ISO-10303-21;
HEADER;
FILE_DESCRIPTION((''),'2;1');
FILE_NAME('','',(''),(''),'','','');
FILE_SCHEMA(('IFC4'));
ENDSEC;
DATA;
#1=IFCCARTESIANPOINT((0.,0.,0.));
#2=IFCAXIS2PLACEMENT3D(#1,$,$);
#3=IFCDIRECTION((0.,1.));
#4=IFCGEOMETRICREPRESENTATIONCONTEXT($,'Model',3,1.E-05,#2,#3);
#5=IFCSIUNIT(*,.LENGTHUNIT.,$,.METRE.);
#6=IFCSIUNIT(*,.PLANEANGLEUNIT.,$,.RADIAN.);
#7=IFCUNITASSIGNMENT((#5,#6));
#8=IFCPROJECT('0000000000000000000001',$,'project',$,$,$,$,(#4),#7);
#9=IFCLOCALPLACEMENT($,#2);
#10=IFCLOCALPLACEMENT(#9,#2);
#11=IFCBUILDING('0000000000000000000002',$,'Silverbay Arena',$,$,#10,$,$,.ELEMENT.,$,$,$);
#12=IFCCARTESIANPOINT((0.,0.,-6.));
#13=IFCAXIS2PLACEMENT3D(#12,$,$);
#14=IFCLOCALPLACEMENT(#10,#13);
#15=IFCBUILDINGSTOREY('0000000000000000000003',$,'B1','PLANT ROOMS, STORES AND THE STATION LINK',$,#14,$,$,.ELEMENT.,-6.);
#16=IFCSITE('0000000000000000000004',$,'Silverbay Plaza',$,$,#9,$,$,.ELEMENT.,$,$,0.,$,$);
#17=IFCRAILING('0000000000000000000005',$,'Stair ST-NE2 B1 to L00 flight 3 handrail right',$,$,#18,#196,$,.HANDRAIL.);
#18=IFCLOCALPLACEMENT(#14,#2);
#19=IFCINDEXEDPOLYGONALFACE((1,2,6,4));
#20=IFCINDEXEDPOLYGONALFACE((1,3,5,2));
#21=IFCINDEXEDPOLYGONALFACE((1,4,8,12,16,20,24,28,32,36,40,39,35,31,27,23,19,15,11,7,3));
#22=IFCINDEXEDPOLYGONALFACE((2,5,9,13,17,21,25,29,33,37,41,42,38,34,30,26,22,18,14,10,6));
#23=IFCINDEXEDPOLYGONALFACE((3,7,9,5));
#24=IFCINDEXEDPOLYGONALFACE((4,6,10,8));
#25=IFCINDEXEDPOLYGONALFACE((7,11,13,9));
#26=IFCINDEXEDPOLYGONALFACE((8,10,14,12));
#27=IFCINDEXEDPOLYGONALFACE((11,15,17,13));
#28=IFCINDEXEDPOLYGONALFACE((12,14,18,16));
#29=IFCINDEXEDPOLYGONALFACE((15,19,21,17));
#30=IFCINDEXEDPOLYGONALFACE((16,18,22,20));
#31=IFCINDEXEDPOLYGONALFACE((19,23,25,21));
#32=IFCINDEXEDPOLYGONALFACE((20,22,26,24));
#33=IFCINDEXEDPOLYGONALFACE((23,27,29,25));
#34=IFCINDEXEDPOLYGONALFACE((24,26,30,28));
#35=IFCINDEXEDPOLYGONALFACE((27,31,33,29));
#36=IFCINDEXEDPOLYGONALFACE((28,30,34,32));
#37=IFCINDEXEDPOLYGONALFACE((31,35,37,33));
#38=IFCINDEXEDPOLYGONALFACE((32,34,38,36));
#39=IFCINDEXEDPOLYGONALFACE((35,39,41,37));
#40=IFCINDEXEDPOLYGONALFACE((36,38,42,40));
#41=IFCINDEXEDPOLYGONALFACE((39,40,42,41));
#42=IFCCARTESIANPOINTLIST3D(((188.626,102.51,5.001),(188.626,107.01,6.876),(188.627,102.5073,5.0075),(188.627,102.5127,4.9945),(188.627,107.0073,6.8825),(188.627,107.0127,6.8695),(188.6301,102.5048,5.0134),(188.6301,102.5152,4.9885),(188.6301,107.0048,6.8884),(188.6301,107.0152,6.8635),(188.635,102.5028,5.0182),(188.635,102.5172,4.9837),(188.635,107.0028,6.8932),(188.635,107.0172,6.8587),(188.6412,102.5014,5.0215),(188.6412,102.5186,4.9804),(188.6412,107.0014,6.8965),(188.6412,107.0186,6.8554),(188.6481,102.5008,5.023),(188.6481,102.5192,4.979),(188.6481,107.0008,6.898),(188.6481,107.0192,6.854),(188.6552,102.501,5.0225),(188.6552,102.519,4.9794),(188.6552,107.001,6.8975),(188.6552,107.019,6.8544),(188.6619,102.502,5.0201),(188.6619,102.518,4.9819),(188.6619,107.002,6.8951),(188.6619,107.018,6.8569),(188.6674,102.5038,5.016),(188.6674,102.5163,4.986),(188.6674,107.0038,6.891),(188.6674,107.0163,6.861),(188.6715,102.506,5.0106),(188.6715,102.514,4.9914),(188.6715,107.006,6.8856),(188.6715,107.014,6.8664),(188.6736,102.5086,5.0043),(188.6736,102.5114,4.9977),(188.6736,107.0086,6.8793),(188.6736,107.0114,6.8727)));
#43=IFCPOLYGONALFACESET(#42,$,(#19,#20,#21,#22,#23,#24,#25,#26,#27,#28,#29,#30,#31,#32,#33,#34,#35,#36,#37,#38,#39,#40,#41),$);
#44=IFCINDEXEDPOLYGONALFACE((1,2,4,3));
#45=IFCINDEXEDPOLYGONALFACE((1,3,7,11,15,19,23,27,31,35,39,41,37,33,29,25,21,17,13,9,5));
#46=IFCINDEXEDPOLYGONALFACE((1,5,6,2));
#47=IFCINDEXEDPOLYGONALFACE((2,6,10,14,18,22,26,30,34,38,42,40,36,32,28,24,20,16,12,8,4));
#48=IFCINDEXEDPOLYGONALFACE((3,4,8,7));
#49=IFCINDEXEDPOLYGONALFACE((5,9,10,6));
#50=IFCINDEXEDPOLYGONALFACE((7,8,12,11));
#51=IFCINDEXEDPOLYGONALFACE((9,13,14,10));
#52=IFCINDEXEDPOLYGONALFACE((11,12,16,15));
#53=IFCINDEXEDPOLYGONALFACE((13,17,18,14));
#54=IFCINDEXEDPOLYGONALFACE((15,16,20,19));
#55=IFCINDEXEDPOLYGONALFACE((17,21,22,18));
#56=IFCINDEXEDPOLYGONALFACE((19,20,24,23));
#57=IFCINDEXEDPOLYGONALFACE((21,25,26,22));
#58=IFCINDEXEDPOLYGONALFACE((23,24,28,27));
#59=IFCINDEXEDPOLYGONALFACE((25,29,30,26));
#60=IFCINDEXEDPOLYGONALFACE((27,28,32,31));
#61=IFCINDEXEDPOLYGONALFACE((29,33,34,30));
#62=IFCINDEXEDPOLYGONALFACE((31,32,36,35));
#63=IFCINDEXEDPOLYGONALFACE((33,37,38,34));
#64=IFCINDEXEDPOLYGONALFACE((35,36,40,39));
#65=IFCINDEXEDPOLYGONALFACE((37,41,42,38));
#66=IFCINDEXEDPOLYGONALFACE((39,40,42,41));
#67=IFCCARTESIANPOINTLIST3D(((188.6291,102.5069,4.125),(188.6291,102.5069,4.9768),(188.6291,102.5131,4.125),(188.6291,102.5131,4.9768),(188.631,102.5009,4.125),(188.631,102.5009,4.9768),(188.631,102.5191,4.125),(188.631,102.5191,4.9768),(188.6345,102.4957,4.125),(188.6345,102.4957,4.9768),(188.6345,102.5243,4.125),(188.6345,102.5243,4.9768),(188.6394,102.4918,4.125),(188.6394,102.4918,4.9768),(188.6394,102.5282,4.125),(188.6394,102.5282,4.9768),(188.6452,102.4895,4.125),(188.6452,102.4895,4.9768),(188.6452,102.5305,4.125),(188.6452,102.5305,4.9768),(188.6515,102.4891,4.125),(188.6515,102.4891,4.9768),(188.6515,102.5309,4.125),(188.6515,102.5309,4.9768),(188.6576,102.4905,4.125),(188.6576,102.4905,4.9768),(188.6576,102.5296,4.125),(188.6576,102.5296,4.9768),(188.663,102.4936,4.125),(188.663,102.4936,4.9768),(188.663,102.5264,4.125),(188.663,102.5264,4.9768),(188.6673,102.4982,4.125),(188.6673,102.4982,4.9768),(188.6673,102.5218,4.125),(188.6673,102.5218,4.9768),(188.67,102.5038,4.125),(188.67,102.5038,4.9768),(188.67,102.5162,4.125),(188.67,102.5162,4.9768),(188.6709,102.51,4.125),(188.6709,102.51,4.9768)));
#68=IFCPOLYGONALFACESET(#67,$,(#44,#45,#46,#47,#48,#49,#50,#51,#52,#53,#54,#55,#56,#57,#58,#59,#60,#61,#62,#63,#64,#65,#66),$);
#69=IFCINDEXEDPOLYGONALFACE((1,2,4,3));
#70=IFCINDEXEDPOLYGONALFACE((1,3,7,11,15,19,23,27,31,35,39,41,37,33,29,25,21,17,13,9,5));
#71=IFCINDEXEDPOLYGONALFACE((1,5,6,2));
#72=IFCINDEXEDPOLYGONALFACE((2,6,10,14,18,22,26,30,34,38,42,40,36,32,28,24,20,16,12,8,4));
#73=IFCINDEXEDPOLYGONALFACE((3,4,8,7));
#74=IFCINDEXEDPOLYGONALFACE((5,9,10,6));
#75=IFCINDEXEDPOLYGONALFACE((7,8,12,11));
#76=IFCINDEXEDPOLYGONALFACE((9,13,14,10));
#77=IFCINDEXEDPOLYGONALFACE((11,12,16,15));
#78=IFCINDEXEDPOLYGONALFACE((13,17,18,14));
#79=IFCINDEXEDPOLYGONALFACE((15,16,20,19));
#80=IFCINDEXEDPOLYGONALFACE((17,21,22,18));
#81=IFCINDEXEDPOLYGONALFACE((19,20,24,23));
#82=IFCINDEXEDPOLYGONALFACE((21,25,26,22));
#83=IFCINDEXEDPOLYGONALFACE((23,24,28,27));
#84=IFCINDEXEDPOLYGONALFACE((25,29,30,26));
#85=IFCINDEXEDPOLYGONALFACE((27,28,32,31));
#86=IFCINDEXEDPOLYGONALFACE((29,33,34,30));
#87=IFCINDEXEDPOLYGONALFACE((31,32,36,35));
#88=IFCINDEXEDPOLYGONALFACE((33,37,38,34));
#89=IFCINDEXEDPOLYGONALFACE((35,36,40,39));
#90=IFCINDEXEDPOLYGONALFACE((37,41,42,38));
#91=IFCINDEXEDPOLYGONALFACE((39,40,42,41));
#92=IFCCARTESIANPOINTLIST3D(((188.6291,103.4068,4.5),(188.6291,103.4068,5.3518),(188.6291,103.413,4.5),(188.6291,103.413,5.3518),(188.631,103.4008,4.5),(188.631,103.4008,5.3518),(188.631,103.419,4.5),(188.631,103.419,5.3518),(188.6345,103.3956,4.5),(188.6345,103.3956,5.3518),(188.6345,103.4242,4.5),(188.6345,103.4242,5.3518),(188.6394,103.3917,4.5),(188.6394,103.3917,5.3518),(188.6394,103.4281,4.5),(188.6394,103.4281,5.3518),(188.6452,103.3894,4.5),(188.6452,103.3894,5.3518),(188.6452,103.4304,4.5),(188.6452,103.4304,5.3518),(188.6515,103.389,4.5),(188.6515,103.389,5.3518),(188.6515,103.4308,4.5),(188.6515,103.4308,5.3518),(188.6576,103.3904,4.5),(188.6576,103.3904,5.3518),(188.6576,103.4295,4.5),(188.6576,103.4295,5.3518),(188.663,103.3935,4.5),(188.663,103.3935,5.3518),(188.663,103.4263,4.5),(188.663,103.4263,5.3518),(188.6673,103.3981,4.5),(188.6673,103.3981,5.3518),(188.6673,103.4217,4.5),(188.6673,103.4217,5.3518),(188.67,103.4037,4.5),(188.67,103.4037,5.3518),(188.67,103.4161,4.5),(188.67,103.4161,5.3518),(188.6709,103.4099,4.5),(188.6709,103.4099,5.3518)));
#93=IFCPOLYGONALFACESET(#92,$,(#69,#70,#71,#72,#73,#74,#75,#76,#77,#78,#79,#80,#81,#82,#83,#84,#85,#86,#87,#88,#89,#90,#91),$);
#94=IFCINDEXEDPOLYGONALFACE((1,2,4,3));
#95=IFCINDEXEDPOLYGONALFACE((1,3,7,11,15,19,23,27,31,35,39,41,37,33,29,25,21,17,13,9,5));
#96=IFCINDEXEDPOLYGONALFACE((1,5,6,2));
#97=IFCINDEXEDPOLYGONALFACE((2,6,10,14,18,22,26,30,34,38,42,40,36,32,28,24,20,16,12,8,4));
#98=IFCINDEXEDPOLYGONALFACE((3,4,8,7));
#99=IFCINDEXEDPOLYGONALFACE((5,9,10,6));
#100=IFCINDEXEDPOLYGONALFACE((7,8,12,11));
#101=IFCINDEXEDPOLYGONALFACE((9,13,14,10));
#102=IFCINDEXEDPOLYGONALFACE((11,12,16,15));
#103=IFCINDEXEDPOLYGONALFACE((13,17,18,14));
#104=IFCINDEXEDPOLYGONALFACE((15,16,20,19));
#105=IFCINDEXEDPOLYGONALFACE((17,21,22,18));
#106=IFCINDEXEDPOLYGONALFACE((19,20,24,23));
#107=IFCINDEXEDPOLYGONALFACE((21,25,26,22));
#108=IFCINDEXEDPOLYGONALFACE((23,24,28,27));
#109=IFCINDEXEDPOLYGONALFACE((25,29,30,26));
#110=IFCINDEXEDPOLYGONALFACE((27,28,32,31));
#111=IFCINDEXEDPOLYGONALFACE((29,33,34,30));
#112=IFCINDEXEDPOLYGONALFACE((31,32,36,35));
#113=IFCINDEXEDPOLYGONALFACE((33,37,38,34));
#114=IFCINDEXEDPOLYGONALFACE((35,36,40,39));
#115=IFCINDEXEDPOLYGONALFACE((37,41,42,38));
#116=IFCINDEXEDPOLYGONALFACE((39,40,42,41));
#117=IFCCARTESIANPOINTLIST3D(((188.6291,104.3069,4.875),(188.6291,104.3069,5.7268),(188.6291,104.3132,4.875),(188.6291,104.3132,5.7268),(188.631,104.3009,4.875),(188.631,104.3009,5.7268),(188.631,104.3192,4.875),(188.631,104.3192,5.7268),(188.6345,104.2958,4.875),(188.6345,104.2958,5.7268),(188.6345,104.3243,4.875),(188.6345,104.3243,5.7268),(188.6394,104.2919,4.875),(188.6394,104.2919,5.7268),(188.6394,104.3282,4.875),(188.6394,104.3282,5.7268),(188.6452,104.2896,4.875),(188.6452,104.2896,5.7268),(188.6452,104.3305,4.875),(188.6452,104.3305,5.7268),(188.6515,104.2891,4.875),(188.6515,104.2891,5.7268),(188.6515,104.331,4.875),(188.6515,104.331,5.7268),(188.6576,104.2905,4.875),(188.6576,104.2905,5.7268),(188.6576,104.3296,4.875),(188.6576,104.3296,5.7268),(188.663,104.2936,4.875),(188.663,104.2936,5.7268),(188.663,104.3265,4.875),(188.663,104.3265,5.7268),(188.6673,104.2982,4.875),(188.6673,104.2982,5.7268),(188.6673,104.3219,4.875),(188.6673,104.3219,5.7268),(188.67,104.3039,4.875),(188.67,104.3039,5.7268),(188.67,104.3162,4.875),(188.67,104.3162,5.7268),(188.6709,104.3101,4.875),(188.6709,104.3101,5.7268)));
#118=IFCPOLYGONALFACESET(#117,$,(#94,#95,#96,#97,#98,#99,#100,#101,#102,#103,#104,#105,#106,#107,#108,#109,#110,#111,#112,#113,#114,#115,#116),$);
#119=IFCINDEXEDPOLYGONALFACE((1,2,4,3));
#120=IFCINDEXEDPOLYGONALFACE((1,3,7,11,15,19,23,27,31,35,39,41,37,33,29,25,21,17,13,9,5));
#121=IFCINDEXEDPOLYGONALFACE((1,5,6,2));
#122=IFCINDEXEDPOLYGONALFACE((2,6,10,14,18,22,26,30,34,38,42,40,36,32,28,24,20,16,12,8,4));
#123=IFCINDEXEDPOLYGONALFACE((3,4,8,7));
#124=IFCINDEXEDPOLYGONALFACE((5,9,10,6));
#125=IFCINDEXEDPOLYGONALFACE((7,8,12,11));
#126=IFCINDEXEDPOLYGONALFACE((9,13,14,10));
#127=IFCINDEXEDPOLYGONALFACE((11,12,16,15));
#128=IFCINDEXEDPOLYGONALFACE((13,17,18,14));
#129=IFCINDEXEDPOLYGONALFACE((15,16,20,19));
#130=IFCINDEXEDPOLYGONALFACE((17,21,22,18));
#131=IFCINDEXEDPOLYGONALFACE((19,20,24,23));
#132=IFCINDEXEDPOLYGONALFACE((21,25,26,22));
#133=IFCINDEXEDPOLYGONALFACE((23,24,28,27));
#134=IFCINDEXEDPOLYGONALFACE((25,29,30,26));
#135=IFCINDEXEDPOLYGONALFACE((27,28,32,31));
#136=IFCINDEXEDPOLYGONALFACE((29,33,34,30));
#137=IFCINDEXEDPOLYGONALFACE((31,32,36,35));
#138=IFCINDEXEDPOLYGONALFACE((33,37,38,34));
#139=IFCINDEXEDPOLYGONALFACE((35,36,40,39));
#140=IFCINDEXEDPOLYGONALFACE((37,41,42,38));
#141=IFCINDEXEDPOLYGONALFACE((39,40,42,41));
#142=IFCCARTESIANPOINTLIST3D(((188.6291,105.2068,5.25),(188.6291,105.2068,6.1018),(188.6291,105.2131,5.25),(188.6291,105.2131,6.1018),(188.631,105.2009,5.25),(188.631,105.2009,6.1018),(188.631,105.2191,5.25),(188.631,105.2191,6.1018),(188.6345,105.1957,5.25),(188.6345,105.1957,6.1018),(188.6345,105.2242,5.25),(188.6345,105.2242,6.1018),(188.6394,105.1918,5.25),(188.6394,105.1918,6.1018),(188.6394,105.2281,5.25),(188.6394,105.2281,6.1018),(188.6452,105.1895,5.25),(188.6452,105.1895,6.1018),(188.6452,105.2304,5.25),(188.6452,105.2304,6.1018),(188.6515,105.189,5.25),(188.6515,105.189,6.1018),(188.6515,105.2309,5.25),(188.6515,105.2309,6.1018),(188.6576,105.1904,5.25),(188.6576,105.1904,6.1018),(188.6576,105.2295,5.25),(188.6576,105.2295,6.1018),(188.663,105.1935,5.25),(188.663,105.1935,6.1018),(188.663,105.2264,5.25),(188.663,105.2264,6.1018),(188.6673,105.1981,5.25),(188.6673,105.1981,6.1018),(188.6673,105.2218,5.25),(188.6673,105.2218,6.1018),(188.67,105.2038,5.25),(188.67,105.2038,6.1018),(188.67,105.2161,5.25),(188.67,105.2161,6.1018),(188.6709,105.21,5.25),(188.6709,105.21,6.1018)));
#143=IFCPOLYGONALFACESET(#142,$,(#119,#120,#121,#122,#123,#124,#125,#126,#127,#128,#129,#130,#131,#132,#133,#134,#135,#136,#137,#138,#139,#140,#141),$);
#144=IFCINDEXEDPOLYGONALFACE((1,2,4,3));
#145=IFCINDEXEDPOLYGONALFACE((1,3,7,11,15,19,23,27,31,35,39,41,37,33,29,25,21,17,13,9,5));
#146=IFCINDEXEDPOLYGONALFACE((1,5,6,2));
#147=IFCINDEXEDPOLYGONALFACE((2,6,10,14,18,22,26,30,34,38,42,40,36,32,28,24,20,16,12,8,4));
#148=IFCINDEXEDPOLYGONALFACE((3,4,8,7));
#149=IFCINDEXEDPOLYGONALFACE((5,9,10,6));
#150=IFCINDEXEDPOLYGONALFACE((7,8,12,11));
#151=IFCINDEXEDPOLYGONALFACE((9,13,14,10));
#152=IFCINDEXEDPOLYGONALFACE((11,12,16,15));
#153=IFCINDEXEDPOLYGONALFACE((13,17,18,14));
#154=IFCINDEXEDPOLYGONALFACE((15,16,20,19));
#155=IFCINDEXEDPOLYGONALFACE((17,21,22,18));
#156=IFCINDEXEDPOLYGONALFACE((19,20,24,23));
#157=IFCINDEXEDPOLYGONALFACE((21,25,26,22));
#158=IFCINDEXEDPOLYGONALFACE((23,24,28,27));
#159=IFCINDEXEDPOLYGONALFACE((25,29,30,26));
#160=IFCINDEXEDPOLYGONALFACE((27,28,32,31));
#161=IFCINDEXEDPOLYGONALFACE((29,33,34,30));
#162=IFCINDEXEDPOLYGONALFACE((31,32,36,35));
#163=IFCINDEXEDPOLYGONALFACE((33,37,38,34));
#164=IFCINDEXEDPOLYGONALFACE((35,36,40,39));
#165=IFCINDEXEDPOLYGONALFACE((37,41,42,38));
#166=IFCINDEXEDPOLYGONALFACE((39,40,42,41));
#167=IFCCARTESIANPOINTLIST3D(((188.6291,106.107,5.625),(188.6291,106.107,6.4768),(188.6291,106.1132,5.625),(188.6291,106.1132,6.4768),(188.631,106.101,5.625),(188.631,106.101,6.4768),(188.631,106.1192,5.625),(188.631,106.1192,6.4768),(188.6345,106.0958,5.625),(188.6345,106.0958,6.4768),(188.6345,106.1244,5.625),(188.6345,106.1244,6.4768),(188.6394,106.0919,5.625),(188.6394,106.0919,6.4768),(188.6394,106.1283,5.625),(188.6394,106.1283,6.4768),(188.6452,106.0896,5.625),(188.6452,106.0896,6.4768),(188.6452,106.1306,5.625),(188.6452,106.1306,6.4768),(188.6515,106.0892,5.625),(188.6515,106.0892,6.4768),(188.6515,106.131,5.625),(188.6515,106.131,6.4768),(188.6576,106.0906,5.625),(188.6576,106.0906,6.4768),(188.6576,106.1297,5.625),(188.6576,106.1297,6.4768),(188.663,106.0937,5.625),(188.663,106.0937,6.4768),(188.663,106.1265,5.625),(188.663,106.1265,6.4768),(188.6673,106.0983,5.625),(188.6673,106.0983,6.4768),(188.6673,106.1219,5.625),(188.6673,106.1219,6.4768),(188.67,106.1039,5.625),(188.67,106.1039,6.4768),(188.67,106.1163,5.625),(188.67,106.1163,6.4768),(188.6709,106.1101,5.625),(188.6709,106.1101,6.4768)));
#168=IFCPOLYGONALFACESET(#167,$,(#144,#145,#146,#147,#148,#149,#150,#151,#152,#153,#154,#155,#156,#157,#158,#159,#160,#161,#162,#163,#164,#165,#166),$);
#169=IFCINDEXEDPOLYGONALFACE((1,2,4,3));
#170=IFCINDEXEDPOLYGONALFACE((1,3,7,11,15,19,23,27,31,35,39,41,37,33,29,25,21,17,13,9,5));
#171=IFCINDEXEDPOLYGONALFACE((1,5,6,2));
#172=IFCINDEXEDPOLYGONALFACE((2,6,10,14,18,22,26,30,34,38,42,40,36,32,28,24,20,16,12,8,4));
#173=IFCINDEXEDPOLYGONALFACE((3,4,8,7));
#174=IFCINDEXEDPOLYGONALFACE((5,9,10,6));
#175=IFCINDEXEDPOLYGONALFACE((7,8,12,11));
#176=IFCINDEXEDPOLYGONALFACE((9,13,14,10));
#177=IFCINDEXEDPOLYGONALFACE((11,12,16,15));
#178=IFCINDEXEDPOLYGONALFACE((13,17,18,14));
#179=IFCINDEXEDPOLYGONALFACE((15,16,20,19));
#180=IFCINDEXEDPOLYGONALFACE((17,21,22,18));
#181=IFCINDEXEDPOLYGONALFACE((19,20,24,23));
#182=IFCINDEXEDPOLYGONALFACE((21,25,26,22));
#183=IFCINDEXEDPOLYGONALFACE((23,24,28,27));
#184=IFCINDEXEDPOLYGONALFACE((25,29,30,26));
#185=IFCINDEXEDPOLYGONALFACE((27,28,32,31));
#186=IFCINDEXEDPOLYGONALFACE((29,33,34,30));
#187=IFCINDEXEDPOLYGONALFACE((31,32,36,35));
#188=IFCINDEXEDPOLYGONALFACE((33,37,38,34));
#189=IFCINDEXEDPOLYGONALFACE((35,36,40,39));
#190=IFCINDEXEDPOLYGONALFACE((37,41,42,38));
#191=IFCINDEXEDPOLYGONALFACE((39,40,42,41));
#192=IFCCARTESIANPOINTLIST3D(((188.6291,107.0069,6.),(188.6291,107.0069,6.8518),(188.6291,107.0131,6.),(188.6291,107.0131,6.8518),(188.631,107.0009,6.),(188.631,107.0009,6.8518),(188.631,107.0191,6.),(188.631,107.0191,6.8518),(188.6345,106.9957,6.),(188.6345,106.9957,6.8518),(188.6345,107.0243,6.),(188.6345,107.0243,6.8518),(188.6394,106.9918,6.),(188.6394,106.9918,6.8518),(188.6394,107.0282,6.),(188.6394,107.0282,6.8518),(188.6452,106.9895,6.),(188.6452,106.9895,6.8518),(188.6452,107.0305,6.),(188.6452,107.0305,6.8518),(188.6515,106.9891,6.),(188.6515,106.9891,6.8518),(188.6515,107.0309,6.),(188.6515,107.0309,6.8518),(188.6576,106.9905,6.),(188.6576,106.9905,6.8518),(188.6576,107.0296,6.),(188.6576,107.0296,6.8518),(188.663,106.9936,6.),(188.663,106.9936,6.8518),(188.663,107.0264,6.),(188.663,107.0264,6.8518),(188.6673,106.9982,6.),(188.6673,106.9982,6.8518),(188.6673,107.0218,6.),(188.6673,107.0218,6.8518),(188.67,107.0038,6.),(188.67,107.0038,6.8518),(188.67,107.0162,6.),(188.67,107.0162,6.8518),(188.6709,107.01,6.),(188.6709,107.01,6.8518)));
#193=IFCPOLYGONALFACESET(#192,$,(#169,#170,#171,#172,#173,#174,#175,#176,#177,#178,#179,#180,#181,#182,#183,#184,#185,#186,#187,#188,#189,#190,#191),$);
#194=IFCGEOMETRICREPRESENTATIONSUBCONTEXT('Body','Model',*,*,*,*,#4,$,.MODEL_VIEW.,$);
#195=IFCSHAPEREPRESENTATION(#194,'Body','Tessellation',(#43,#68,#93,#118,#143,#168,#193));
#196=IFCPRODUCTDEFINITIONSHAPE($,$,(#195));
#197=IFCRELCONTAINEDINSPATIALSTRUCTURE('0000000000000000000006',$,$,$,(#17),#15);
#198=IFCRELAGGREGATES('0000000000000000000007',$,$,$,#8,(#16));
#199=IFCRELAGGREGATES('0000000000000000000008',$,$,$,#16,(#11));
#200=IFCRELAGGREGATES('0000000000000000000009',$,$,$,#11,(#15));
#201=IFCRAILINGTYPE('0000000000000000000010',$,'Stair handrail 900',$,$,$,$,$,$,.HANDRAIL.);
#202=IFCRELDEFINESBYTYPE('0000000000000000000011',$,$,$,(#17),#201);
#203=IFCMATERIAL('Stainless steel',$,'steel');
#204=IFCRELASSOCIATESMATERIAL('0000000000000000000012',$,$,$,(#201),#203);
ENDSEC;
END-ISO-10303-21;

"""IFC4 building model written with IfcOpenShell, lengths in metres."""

from ifc_helpers import new_model, si_unit, direction, frame, origin, origin_2d, place, context, subcontext, project, spatial, circle, extrude, material, type_object, element, save


model = new_model("IFC4")

# Units and contexts
model_context = context("Model", 3, precision=1e-05, world=origin(), true_north=direction((0.0, 1.0)))
body_context = subcontext(model_context, "Body", "Model", "MODEL_VIEW")
ifc_project = project(units=[si_unit("LENGTHUNIT", "METRE"), si_unit("PLANEANGLEUNIT", "RADIAN")], contexts=[model_context])

# Site, building, storey
site_placement = place(None, origin())
site = spatial("IfcSite", under=ifc_project, at=site_placement, Name="Silverbay Plaza", CompositionType="ELEMENT", RefElevation=0.0)
building_placement = place(site_placement, origin())
building = spatial("IfcBuilding", under=site, at=building_placement, Name="Silverbay Arena", CompositionType="ELEMENT")
storey_placement = place(building_placement, frame((0.0, 0.0, -6.0)))
storey = spatial("IfcBuildingStorey", under=building, at=storey_placement, Name="B1", Description="PLANT ROOMS, STORES AND THE STATION LINK", CompositionType="ELEMENT", Elevation=-6.0)

# Railing
ifc_material_1 = material(Name="Stainless steel", Category="steel")
railing_type_1 = type_object("IfcRailingType", Name="Stair handrail 900", PredefinedType="HANDRAIL", material=ifc_material_1)
for number, where, name in (
    (1, (188.6499, 102.51, 4.125), "Stair ST-NE2 B1 to L00 flight 3 handrail right"),
):
    element("IfcRailing", number, at=place(storey_placement, frame(where)), inside=storey, type_object=railing_type_1, Name=name, PredefinedType="HANDRAIL", context=body_context, shape_type="SweptSolid", body=[
        extrude(circle(Radius=0.0239, at=origin_2d()), frame((0.0, 0.0, 0.876), z_axis=(0.0, 0.923077, 0.384615), x_axis=(-1.0, 0.0, 0.0)), (0.0, 0.0, 1.0), 4.875),
        extrude(circle(Radius=0.021, at=origin_2d()), origin(), (0.0, 0.0, 1.0), 0.8518),
        extrude(circle(Radius=0.021, at=origin_2d()), frame((0.0, 0.8999, 0.375)), (0.0, 0.0, 1.0), 0.8518),
        extrude(circle(Radius=0.021, at=origin_2d()), frame((0.0, 1.8, 0.75)), (0.0, 0.0, 1.0), 0.8518),
        extrude(circle(Radius=0.021, at=origin_2d()), frame((0.0, 2.7, 1.125)), (0.0, 0.0, 1.0), 0.8518),
        extrude(circle(Radius=0.021, at=origin_2d()), frame((0.0, 3.6001, 1.5)), (0.0, 0.0, 1.0), 0.8518),
        extrude(circle(Radius=0.021, at=origin_2d()), frame((0.0, 4.5, 1.875)), (0.0, 0.0, 1.0), 0.8518),
    ])

save(model, "model.ifc")
